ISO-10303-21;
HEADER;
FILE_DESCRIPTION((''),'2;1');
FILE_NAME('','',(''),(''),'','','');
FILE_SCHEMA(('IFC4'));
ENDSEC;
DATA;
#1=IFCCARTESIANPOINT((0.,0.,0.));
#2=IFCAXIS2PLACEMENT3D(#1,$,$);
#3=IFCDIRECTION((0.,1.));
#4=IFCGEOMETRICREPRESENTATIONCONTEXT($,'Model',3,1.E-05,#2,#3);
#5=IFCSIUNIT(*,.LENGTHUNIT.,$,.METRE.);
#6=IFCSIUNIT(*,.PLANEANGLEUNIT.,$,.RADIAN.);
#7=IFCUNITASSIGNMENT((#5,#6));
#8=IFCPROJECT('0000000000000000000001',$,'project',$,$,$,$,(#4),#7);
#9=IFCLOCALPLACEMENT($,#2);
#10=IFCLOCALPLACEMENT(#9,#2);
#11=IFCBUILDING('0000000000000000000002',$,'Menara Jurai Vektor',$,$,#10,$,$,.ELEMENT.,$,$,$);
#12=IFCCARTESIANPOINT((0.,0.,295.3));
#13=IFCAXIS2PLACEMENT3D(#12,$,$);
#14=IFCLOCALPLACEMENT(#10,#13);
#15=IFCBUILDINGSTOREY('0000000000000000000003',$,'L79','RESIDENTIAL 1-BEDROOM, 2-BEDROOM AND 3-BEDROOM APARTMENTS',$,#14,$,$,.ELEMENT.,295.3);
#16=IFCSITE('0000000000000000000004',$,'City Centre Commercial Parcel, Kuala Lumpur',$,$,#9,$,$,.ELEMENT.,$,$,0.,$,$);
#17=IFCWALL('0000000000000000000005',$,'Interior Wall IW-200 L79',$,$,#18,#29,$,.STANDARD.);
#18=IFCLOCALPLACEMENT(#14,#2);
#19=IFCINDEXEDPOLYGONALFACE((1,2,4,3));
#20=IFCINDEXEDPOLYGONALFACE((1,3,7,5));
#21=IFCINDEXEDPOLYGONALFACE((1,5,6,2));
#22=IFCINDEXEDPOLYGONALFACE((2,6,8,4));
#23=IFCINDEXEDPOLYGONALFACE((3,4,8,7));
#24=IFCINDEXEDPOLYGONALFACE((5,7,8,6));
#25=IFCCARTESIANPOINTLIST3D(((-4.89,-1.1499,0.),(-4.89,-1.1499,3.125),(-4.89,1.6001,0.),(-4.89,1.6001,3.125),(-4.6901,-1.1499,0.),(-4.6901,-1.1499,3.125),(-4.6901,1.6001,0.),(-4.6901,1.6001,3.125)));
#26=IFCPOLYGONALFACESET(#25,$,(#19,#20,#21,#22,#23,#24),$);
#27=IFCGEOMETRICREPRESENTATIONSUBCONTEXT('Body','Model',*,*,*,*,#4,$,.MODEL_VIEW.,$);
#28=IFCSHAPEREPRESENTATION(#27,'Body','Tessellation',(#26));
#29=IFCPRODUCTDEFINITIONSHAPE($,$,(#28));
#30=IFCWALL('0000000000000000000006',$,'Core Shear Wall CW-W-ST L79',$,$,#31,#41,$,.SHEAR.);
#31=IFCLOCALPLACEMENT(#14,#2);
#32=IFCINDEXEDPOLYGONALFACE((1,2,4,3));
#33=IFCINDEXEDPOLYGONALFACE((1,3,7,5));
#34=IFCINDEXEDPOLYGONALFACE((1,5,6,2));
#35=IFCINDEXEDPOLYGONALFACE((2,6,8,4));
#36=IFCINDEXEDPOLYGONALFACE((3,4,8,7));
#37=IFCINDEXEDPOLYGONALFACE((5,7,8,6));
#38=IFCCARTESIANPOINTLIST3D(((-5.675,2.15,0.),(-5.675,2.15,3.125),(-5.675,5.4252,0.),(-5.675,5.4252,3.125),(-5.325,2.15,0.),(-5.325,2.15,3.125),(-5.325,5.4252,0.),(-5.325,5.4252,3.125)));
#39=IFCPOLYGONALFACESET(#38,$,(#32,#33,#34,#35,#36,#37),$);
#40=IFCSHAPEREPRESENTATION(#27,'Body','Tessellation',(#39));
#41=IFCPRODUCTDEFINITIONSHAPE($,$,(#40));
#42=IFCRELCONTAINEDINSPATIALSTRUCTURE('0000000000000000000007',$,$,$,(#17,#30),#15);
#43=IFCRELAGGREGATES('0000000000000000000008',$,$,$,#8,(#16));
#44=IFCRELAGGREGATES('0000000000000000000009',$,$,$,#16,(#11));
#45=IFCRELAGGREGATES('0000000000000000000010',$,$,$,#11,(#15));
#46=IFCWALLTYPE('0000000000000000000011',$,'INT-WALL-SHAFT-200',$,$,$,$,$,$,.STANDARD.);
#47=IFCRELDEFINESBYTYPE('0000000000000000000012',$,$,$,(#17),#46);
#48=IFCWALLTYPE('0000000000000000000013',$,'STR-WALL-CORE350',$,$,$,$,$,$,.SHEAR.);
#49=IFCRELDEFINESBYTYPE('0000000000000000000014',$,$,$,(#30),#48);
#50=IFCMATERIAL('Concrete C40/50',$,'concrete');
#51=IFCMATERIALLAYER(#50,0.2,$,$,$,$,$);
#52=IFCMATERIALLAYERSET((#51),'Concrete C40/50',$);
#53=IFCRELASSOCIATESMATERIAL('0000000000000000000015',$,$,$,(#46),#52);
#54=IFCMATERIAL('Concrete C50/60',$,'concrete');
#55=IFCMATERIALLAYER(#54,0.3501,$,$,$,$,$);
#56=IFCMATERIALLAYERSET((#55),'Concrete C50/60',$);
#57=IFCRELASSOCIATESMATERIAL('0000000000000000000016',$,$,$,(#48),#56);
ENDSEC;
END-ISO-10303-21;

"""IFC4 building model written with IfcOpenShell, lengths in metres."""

from ifc_helpers import new_model, si_unit, direction, frame, frame_2d, origin, place, context, subcontext, project, spatial, rectangle, extrude, material, layer, layer_set, type_object, element, save


model = new_model("IFC4")

# Units and contexts
model_context = context("Model", 3, precision=1e-05, world=origin(), true_north=direction((0.0, 1.0)))
body_context = subcontext(model_context, "Body", "Model", "MODEL_VIEW")
ifc_project = project(units=[si_unit("LENGTHUNIT", "METRE"), si_unit("PLANEANGLEUNIT", "RADIAN")], contexts=[model_context])

# Site, building, storey
site_placement = place(None, origin())
site = spatial("IfcSite", under=ifc_project, at=site_placement, Name="City Centre Commercial Parcel, Kuala Lumpur", CompositionType="ELEMENT", RefElevation=0.0)
building_placement = place(site_placement, origin())
building = spatial("IfcBuilding", under=site, at=building_placement, Name="Menara Jurai Vektor", CompositionType="ELEMENT")
storey_placement = place(building_placement, frame((0.0, 0.0, 295.3)))
storey = spatial("IfcBuildingStorey", under=building, at=storey_placement, Name="L79", Description="RESIDENTIAL 1-BEDROOM, 2-BEDROOM AND 3-BEDROOM APARTMENTS", CompositionType="ELEMENT", Elevation=295.3)

# Shared definitions
ifc_material_1 = material(Name="Concrete C50/60", Category="concrete")

# Shared definitions
ifc_material_2 = material(Name="Concrete C40/50", Category="concrete")

# Shared definitions
ifc_layer_1 = layer(ifc_material_2, 0.2)
ifc_layer_set_1 = layer_set([ifc_layer_1], Name="Concrete C40/50")
wall_type_1 = type_object("IfcWallType", Name="INT-WALL-SHAFT-200", PredefinedType="STANDARD", material=ifc_layer_set_1)

# Wall
for number, where, z_axis, x_axis, name in (
    (1, (-4.79, -1.1499, 0.0), (0.0, 0.0, 1.0), (0.0, 1.0, 0.0), "Interior Wall IW-200 L79"),
):
    element("IfcWall", number, at=place(storey_placement, frame(where, z_axis=z_axis, x_axis=x_axis)), inside=storey, type_object=wall_type_1, Name=name, PredefinedType="STANDARD", context=body_context, shape_type="SweptSolid", body=[
        extrude(rectangle(XDim=2.75, YDim=0.2, at=frame_2d((1.375, 0.0))), origin(), (0.0, 0.0, 1.0), 3.125),
    ])

# Wall
ifc_layer_2 = layer(ifc_material_1, 0.3501)
ifc_layer_set_2 = layer_set([ifc_layer_2], Name="Concrete C50/60")
wall_type_2 = type_object("IfcWallType", Name="STR-WALL-CORE350", PredefinedType="SHEAR", material=ifc_layer_set_2)
wall_1_placement = place(storey_placement, frame((-5.5, 2.1499, 0.0), z_axis=(0.0, 0.0, 1.0), x_axis=(0.0, 1.0, 0.0)))
element("IfcWall", 2, at=wall_1_placement, inside=storey, type_object=wall_type_2, Name="Core Shear Wall CW-W-ST L79", PredefinedType="SHEAR", context=body_context, shape_type="SweptSolid", body=[
    extrude(rectangle(XDim=3.2751, YDim=0.3501, at=frame_2d((1.6377, 0.0))), origin(), (0.0, 0.0, 1.0), 3.125),
])

save(model, "model.ifc")
